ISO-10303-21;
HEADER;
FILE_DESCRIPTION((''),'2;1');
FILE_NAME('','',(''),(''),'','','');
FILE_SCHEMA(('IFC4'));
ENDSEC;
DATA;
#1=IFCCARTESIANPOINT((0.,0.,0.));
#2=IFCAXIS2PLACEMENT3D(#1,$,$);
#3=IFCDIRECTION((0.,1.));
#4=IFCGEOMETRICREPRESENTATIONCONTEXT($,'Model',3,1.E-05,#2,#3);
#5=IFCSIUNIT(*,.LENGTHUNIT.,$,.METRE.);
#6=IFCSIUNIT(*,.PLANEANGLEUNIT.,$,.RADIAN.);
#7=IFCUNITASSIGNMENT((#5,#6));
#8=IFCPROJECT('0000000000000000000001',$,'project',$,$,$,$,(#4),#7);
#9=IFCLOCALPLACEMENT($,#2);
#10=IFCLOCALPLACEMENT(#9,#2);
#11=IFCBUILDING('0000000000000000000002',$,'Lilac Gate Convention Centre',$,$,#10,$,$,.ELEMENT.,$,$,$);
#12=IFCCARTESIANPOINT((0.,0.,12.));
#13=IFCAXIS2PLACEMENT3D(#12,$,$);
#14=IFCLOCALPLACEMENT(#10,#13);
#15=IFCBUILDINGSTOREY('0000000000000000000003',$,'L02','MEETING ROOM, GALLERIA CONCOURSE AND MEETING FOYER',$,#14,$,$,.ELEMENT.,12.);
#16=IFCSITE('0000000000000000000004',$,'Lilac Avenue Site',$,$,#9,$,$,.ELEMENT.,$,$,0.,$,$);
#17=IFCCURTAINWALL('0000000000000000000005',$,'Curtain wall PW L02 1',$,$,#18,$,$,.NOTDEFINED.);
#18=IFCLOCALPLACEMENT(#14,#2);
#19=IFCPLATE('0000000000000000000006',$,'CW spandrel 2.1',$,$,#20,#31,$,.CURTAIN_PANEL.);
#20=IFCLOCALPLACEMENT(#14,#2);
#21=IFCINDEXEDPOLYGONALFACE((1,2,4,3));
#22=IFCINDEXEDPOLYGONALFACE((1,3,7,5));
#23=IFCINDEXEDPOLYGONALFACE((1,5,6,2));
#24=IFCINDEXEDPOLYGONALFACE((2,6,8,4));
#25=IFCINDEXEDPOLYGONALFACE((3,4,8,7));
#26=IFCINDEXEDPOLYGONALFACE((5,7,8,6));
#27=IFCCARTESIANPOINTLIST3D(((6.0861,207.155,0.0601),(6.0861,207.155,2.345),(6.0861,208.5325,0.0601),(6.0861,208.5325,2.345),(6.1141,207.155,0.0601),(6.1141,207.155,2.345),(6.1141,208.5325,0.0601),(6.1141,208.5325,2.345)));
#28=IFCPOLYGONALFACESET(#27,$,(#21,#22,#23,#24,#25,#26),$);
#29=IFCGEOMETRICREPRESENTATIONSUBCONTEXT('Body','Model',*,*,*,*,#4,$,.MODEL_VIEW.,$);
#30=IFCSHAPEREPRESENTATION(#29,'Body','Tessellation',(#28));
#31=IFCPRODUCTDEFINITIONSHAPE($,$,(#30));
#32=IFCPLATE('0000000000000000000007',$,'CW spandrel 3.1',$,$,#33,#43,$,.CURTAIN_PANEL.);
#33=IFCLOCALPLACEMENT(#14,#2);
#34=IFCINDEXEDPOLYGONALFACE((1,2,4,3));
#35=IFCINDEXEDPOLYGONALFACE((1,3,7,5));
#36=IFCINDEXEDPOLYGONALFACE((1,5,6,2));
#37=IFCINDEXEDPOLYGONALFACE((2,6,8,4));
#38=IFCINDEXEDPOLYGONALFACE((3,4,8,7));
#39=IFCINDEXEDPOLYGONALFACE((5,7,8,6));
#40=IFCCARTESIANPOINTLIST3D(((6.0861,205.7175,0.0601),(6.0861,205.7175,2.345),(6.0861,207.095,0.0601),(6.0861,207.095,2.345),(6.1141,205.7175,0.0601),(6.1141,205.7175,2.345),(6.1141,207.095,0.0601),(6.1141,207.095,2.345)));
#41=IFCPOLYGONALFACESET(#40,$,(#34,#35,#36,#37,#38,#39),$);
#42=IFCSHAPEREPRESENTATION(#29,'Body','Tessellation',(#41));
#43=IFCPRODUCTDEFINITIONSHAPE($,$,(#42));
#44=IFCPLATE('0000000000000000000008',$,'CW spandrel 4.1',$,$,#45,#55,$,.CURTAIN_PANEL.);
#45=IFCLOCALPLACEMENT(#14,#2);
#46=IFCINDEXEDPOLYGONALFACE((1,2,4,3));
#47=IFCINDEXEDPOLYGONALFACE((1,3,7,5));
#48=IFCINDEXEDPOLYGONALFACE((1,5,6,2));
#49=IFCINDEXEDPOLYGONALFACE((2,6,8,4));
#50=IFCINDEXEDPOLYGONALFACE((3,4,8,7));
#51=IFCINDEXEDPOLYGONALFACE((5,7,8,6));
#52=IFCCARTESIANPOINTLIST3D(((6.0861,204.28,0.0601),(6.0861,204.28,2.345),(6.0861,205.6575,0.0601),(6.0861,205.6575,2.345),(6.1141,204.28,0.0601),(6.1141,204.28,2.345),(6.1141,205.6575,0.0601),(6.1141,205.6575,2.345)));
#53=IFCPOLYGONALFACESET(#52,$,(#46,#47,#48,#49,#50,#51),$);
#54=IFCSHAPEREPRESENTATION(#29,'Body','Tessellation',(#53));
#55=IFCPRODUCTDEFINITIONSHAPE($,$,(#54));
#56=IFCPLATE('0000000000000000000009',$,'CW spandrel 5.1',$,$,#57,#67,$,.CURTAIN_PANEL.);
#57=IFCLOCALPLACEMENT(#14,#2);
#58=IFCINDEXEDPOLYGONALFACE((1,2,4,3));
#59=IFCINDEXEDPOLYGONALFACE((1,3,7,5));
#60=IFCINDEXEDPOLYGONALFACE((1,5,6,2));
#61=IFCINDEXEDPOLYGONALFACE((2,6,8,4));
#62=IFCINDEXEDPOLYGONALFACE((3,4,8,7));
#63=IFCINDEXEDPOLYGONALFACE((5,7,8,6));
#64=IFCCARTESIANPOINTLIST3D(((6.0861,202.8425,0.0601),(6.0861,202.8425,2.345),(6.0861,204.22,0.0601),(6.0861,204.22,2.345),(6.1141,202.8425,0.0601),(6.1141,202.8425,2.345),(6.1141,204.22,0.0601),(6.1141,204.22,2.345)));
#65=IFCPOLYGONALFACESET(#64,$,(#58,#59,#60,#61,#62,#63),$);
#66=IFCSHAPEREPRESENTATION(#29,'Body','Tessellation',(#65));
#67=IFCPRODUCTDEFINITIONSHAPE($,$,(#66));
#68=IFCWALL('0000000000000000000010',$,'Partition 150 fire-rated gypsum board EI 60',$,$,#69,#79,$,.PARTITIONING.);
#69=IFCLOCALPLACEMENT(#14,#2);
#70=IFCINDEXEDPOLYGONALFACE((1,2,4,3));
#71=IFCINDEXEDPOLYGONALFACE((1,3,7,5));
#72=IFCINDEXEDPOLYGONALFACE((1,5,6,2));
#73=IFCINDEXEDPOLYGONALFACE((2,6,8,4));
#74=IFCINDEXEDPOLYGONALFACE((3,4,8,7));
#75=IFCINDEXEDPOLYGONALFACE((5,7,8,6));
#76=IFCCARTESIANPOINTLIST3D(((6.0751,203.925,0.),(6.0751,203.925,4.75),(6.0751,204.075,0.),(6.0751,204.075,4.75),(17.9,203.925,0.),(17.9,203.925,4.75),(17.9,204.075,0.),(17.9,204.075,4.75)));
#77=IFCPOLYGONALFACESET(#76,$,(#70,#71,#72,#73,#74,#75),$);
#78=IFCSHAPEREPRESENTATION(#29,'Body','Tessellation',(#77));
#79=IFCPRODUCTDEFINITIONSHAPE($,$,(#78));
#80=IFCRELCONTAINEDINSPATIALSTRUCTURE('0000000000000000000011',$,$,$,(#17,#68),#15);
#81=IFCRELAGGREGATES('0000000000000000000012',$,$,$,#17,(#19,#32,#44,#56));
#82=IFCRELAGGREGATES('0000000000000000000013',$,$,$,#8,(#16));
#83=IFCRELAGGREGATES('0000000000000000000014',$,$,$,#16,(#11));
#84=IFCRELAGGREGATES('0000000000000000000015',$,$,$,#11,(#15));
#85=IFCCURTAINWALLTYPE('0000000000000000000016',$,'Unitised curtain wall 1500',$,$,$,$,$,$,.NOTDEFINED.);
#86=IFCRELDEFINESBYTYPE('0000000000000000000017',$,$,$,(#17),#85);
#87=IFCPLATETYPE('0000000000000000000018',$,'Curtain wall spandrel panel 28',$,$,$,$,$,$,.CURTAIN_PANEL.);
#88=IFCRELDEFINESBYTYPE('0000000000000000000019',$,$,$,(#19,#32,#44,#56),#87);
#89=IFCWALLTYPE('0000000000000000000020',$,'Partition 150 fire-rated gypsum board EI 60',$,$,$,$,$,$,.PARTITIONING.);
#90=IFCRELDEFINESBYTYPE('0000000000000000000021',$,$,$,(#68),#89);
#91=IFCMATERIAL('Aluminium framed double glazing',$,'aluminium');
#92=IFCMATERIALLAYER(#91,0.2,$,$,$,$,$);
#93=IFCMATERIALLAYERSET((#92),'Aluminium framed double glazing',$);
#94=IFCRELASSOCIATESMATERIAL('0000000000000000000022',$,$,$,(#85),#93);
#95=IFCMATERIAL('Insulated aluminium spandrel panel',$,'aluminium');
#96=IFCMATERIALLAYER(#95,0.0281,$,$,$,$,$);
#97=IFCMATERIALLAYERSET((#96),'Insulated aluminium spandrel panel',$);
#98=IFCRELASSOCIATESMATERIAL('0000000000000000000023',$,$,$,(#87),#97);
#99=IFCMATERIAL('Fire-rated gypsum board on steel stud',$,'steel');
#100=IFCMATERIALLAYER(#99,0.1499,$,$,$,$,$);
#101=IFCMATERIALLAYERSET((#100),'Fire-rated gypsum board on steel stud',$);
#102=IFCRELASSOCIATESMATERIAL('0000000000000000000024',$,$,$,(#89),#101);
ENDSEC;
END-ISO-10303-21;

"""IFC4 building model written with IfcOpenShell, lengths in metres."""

from ifc_helpers import new_model, si_unit, direction, frame, frame_2d, origin, origin_2d, place, context, subcontext, project, spatial, rectangle, extrude, material, layer, layer_set, type_object, element, aggregate, save


model = new_model("IFC4")

# Units and contexts
model_context = context("Model", 3, precision=1e-05, world=origin(), true_north=direction((0.0, 1.0)))
body_context = subcontext(model_context, "Body", "Model", "MODEL_VIEW")
ifc_project = project(units=[si_unit("LENGTHUNIT", "METRE"), si_unit("PLANEANGLEUNIT", "RADIAN")], contexts=[model_context])

# Site, building, storey
site_placement = place(None, origin())
site = spatial("IfcSite", under=ifc_project, at=site_placement, Name="Lilac Avenue Site", CompositionType="ELEMENT", RefElevation=0.0)
building_placement = place(site_placement, origin())
building = spatial("IfcBuilding", under=site, at=building_placement, Name="Lilac Gate Convention Centre", CompositionType="ELEMENT")
storey_placement = place(building_placement, frame((0.0, 0.0, 12.0)))
storey = spatial("IfcBuildingStorey", under=building, at=storey_placement, Name="L02", Description="MEETING ROOM, GALLERIA CONCOURSE AND MEETING FOYER", CompositionType="ELEMENT", Elevation=12.0)

# Curtain wall, plates
ifc_material_1 = material(Name="Aluminium framed double glazing", Category="aluminium")
ifc_layer_1 = layer(ifc_material_1, 0.2)
ifc_layer_set_1 = layer_set([ifc_layer_1], Name="Aluminium framed double glazing")
curtain_wall_type = type_object("IfcCurtainWallType", Name="Unitised curtain wall 1500", PredefinedType="NOTDEFINED", material=ifc_layer_set_1)
curtain_wall_placement = place(storey_placement, origin())
curtain_wall = element("IfcCurtainWall", 1, at=curtain_wall_placement, inside=storey, type_object=curtain_wall_type, Name="Curtain wall PW L02 1", PredefinedType="NOTDEFINED")
ifc_material_2 = material(Name="Insulated aluminium spandrel panel", Category="aluminium")
ifc_layer_2 = layer(ifc_material_2, 0.0281)
ifc_layer_set_2 = layer_set([ifc_layer_2], Name="Insulated aluminium spandrel panel")
plate_type_1 = type_object("IfcPlateType", Name="Curtain wall spandrel panel 28", PredefinedType="CURTAIN_PANEL", material=ifc_layer_set_2)
plate_1_placement = place(storey_placement, frame((6.1001, 207.8438, 0.0601), z_axis=(0.0, 0.0, 1.0), x_axis=(0.0, -1.0, 0.0)))
plate_1 = element("IfcPlate", 2, at=plate_1_placement, type_object=plate_type_1, Name="CW spandrel 2.1", PredefinedType="CURTAIN_PANEL", context=body_context, shape_type="SweptSolid", body=[
    extrude(rectangle(XDim=1.3774, YDim=0.0281, at=origin_2d()), origin(), (0.0, 0.0, 1.0), 2.2849),
])
plate_2_placement = place(storey_placement, frame((6.1001, 206.4062, 0.0601), z_axis=(0.0, 0.0, 1.0), x_axis=(0.0, -1.0, 0.0)))
plate_2 = element("IfcPlate", 3, at=plate_2_placement, type_object=plate_type_1, Name="CW spandrel 3.1", PredefinedType="CURTAIN_PANEL", context=body_context, shape_type="SweptSolid", body=[
    extrude(rectangle(XDim=1.3774, YDim=0.0281, at=origin_2d()), origin(), (0.0, 0.0, 1.0), 2.2849),
])
plate_3_placement = place(storey_placement, frame((6.1001, 204.9688, 0.0601), z_axis=(0.0, 0.0, 1.0), x_axis=(0.0, -1.0, 0.0)))
plate_3 = element("IfcPlate", 4, at=plate_3_placement, type_object=plate_type_1, Name="CW spandrel 4.1", PredefinedType="CURTAIN_PANEL", context=body_context, shape_type="SweptSolid", body=[
    extrude(rectangle(XDim=1.3774, YDim=0.0281, at=origin_2d()), origin(), (0.0, 0.0, 1.0), 2.2849),
])
plate_4_placement = place(storey_placement, frame((6.1001, 203.5312, 0.0601), z_axis=(0.0, 0.0, 1.0), x_axis=(0.0, -1.0, 0.0)))
plate_4 = element("IfcPlate", 5, at=plate_4_placement, type_object=plate_type_1, Name="CW spandrel 5.1", PredefinedType="CURTAIN_PANEL", context=body_context, shape_type="SweptSolid", body=[
    extrude(rectangle(XDim=1.3774, YDim=0.0281, at=origin_2d()), origin(), (0.0, 0.0, 1.0), 2.2849),
])
aggregate(curtain_wall, [plate_1, plate_2, plate_3, plate_4])

# Wall
ifc_material_3 = material(Name="Fire-rated gypsum board on steel stud", Category="steel")
ifc_layer_3 = layer(ifc_material_3, 0.1499)
ifc_layer_set_3 = layer_set([ifc_layer_3], Name="Fire-rated gypsum board on steel stud")
wall_type = type_object("IfcWallType", Name="Partition 150 fire-rated gypsum board EI 60", PredefinedType="PARTITIONING", material=ifc_layer_set_3)
wall_placement = place(storey_placement, frame((6.075, 204.0, 0.0), z_axis=(0.0, 0.0, 1.0), x_axis=(1.0, 0.0, 0.0)))
element("IfcWall", 6, at=wall_placement, inside=storey, type_object=wall_type, Name="Partition 150 fire-rated gypsum board EI 60", PredefinedType="PARTITIONING", context=body_context, shape_type="SweptSolid", body=[
    extrude(rectangle(XDim=11.825, YDim=0.1499, at=frame_2d((5.9126, 0.0))), origin(), (0.0, 0.0, 1.0), 4.75),
])

save(model, "model.ifc")
